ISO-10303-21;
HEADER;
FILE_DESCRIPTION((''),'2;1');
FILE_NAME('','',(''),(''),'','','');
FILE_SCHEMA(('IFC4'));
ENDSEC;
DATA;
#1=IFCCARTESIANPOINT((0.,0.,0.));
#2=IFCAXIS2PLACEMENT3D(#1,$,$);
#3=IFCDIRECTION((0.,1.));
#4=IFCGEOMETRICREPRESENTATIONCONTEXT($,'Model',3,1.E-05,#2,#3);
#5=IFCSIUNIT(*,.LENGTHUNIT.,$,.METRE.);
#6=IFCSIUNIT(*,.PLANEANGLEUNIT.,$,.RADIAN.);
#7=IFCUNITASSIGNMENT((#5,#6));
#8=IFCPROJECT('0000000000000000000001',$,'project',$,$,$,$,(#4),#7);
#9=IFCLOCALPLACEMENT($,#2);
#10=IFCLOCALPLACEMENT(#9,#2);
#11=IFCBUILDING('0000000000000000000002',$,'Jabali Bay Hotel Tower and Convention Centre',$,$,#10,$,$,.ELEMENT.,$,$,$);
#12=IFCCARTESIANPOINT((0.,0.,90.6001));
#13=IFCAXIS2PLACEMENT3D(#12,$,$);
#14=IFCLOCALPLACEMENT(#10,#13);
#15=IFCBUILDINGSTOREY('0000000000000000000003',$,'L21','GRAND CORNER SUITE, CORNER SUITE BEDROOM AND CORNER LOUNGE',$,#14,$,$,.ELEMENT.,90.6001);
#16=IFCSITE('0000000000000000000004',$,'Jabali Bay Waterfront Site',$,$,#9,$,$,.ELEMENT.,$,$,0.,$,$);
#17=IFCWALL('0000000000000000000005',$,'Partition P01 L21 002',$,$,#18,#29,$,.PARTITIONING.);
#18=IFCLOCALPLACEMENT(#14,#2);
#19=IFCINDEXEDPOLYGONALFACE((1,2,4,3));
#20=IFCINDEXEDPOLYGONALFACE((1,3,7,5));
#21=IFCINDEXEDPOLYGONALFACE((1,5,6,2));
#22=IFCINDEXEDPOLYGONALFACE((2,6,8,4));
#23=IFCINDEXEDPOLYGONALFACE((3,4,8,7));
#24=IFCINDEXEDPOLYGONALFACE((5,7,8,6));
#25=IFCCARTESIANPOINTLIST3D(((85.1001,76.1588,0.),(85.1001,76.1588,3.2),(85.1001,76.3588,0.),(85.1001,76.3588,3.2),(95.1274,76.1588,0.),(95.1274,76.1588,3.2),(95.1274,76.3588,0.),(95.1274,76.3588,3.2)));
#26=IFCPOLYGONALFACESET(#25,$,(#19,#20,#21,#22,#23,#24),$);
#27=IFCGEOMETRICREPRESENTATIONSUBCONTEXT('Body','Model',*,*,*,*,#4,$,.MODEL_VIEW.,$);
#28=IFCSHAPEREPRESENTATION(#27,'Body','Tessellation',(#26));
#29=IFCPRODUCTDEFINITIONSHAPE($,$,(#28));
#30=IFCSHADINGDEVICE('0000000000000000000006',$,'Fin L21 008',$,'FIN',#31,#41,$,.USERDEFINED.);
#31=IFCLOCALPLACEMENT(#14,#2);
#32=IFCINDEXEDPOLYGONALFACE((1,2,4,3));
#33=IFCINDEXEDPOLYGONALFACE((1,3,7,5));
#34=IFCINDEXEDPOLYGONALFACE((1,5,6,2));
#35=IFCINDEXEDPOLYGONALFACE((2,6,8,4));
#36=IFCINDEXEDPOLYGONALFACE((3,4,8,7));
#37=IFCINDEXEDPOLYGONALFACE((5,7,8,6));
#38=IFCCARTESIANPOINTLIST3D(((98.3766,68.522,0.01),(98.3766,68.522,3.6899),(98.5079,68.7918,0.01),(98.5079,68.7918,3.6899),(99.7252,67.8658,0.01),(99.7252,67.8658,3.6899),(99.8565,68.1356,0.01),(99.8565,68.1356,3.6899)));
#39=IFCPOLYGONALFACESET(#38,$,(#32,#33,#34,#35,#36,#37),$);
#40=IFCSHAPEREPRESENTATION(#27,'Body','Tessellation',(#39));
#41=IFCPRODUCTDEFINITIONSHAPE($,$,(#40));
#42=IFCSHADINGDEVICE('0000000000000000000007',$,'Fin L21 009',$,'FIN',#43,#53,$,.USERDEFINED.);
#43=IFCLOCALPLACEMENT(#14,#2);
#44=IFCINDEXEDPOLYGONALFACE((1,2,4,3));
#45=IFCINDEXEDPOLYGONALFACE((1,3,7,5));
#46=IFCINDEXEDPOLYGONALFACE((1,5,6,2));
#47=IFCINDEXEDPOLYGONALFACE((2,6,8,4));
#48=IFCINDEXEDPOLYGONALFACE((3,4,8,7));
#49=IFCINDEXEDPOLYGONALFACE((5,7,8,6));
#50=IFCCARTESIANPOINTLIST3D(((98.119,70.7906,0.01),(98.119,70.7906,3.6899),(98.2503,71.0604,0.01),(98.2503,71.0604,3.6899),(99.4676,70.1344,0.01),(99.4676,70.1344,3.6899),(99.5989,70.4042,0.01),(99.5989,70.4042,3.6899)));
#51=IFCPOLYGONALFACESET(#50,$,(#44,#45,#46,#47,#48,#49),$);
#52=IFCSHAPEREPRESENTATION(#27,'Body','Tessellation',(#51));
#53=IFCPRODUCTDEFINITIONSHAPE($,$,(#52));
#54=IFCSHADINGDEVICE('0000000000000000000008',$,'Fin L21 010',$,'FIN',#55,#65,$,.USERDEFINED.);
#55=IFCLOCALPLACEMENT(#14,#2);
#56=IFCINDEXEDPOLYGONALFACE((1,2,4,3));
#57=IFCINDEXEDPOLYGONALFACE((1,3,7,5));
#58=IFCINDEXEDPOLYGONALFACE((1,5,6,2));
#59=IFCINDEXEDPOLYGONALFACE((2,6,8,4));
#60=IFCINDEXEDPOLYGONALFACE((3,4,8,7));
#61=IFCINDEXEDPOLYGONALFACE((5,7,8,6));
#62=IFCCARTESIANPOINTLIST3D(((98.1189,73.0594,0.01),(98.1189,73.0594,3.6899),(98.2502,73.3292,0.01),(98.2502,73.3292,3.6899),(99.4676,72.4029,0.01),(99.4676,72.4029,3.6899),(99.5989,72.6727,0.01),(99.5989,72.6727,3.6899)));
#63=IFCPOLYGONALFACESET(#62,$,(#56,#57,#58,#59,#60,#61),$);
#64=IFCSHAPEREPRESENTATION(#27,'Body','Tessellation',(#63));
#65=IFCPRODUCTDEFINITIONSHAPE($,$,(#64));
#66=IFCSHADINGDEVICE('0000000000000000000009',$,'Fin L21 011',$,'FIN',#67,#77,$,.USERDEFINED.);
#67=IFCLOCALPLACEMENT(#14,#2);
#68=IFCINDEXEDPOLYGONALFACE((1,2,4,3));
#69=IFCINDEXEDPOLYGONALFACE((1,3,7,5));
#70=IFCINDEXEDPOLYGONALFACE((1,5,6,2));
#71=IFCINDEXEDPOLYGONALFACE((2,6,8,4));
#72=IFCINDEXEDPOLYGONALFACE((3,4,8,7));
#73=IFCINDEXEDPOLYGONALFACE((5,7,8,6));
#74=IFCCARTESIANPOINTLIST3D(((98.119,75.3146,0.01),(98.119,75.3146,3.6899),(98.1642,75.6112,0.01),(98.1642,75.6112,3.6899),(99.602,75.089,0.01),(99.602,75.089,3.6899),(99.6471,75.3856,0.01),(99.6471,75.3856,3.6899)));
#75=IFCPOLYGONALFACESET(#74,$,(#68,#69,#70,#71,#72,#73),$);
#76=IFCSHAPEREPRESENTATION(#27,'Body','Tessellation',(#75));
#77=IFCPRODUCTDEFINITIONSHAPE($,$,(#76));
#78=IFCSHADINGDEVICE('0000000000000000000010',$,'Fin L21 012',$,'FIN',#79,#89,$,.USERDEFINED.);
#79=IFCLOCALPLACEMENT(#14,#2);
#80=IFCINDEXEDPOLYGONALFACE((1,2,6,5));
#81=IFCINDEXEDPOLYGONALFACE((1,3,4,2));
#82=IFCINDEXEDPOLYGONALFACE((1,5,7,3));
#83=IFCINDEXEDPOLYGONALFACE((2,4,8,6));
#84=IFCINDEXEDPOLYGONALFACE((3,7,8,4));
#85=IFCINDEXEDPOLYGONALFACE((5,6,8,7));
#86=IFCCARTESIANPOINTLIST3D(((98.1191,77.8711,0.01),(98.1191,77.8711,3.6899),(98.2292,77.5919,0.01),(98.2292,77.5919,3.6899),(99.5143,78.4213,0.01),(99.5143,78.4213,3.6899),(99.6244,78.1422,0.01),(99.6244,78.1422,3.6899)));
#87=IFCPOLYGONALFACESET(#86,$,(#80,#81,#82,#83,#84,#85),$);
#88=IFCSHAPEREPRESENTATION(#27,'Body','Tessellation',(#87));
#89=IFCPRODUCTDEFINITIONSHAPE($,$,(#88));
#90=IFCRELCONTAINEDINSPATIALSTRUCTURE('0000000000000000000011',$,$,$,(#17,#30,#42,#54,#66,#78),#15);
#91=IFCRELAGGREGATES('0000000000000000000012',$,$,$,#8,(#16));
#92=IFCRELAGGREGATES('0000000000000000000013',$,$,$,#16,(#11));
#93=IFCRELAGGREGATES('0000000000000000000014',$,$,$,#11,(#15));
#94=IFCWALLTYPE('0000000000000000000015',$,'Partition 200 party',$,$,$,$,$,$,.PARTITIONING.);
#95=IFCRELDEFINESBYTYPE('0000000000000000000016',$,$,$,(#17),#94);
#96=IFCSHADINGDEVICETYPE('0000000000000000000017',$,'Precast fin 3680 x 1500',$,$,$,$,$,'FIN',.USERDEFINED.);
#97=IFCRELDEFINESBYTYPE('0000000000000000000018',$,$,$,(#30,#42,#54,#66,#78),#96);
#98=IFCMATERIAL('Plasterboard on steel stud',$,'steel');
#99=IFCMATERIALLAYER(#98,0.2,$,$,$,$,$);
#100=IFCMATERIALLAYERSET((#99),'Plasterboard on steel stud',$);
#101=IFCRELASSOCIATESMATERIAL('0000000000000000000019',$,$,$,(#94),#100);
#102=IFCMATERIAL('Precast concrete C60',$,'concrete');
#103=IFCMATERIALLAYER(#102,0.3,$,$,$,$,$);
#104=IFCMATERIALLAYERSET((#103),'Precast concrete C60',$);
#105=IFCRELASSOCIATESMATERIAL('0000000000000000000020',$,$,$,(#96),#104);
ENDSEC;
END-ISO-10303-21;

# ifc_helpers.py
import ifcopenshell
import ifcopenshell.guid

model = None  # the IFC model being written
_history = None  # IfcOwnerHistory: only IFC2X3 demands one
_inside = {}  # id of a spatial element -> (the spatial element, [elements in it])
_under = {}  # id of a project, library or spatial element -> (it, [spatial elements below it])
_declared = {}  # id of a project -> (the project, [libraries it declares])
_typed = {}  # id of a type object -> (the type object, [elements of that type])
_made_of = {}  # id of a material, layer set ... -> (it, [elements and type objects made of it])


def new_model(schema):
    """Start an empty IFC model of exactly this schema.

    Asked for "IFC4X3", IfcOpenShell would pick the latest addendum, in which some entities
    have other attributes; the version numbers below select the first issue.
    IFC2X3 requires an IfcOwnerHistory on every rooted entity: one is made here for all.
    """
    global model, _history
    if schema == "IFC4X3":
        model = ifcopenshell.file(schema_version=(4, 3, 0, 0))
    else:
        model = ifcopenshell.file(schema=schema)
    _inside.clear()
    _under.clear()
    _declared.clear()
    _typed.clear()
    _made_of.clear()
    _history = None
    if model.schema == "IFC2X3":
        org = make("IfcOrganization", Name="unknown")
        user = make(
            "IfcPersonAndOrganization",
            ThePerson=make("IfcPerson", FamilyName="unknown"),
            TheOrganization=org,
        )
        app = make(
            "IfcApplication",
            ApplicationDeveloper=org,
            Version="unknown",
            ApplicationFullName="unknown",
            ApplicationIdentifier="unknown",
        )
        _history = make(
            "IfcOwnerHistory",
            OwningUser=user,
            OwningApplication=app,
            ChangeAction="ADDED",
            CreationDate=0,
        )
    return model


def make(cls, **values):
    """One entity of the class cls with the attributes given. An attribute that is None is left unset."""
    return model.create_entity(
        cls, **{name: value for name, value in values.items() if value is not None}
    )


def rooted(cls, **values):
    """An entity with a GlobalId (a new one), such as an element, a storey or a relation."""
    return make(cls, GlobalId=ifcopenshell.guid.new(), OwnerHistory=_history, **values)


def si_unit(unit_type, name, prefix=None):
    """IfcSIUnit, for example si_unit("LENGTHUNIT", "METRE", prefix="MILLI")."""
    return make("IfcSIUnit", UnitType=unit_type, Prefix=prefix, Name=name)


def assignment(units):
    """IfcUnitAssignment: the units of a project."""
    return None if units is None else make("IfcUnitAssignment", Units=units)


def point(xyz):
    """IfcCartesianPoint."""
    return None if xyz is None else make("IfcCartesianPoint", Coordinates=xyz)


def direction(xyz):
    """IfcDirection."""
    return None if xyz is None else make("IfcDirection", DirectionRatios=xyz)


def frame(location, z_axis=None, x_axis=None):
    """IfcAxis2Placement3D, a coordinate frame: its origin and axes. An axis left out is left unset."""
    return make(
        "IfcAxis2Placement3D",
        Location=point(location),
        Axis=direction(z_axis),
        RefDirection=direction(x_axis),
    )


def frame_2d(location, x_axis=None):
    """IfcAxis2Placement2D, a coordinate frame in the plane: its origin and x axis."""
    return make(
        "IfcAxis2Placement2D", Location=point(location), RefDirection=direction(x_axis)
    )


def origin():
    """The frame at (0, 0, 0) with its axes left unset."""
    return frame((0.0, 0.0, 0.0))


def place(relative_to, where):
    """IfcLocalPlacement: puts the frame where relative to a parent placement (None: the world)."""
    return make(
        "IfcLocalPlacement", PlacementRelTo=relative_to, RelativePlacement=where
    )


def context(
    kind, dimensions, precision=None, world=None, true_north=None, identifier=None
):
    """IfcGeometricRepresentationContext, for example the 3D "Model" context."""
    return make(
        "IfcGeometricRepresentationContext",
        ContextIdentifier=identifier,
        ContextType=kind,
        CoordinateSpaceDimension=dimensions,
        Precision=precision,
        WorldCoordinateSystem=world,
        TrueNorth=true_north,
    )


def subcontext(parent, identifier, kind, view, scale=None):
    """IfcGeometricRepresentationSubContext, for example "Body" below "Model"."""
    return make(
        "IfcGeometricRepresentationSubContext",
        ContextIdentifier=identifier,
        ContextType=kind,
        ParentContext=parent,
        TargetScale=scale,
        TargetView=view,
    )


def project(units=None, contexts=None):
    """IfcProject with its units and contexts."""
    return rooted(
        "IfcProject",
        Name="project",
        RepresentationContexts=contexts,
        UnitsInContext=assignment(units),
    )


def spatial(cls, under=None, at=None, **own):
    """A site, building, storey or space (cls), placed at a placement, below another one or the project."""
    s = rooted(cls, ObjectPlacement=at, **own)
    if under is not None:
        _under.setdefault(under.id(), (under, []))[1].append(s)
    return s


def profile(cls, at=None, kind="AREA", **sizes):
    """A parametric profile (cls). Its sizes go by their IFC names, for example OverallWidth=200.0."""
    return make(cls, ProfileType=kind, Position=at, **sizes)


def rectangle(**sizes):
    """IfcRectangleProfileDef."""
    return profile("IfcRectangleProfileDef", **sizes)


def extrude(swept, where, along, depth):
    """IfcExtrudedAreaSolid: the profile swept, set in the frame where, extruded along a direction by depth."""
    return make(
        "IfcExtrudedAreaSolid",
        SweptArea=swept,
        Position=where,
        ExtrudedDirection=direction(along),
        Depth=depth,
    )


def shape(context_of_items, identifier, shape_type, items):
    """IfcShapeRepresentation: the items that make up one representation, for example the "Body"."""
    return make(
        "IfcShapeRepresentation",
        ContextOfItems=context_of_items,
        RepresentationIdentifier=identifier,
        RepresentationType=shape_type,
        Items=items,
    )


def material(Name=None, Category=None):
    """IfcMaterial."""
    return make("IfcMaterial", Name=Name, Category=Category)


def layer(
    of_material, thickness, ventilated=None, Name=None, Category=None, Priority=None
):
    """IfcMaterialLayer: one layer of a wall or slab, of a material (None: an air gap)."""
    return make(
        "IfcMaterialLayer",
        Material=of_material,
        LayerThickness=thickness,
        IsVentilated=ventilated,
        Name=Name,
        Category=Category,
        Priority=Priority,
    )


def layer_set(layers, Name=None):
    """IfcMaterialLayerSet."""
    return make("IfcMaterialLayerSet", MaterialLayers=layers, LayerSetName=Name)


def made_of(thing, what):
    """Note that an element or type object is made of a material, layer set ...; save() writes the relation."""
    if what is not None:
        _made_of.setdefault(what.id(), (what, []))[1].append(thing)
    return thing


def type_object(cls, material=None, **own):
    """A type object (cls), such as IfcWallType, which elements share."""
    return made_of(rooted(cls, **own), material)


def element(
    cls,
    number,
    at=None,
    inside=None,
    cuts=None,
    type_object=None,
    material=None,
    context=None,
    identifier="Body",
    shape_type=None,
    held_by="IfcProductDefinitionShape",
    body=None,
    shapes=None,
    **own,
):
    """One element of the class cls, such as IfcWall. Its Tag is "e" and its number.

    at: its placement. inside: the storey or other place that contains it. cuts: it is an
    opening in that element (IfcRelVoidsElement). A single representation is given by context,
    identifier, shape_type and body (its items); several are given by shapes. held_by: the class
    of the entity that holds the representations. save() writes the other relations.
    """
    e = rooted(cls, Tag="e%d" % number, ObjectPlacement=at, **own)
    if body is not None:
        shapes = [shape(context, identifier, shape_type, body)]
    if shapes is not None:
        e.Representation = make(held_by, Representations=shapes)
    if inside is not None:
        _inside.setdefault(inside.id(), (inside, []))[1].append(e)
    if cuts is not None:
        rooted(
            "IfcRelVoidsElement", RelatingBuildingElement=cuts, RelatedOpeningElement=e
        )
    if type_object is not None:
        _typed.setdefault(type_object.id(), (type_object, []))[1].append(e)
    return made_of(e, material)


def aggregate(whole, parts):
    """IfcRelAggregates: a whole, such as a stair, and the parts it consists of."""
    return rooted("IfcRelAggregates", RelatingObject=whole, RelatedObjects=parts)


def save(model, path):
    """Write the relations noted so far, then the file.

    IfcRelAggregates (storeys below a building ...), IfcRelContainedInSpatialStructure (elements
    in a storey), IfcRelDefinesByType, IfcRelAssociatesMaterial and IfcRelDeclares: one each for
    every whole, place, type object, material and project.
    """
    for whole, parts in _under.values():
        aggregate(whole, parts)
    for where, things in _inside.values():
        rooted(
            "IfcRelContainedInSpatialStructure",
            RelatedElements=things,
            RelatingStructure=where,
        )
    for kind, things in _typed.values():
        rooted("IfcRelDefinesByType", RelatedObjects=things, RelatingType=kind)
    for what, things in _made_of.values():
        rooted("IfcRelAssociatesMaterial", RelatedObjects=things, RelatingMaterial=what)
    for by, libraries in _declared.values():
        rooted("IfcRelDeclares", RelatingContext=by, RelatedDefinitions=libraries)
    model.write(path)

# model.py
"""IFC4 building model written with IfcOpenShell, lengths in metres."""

from ifc_helpers import new_model, si_unit, direction, frame, frame_2d, origin, place, context, subcontext, project, spatial, rectangle, extrude, material, layer, layer_set, type_object, element, save


model = new_model("IFC4")

# Units and contexts
model_context = context("Model", 3, precision=1e-05, world=origin(), true_north=direction((0.0, 1.0)))
body_context = subcontext(model_context, "Body", "Model", "MODEL_VIEW")
ifc_project = project(units=[si_unit("LENGTHUNIT", "METRE"), si_unit("PLANEANGLEUNIT", "RADIAN")], contexts=[model_context])

# Site, building, storey
site_placement = place(None, origin())
site = spatial("IfcSite", under=ifc_project, at=site_placement, Name="Jabali Bay Waterfront Site", CompositionType="ELEMENT", RefElevation=0.0)
building_placement = place(site_placement, origin())
building = spatial("IfcBuilding", under=site, at=building_placement, Name="Jabali Bay Hotel Tower and Convention Centre", CompositionType="ELEMENT")
storey_placement = place(building_placement, frame((0.0, 0.0, 90.6001)))
storey = spatial("IfcBuildingStorey", under=building, at=storey_placement, Name="L21", Description="GRAND CORNER SUITE, CORNER SUITE BEDROOM AND CORNER LOUNGE", CompositionType="ELEMENT", Elevation=90.6001)

# Shared definitions
ifc_material_1 = material(Name="Plasterboard on steel stud", Category="steel")

# Wall
ifc_layer_1 = layer(ifc_material_1, 0.2)
ifc_layer_set_1 = layer_set([ifc_layer_1], Name="Plasterboard on steel stud")
wall_type_1 = type_object("IfcWallType", Name="Partition 200 party", PredefinedType="PARTITIONING", material=ifc_layer_set_1)
wall_1_placement = place(storey_placement, frame((95.1274, 76.2588, 0.0), z_axis=(0.0, 0.0, 1.0), x_axis=(-1.0, 0.0, 0.0)))
element("IfcWall", 1, at=wall_1_placement, inside=storey, type_object=wall_type_1, Name="Partition P01 L21 002", PredefinedType="PARTITIONING", context=body_context, shape_type="SweptSolid", body=[
    extrude(rectangle(XDim=10.0273, YDim=0.2, at=frame_2d((5.0137, 0.0))), origin(), (0.0, 0.0, 1.0), 3.2),
])

# Shading devices
ifc_material_2 = material(Name="Precast concrete C60", Category="concrete")
ifc_layer_2 = layer(ifc_material_2, 0.3)
ifc_layer_set_2 = layer_set([ifc_layer_2], Name="Precast concrete C60")
shading_device_type = type_object("IfcShadingDeviceType", Name="Precast fin 3680 x 1500", ElementType="FIN", PredefinedType="USERDEFINED", material=ifc_layer_set_2)
for number, where, z_axis, x_axis, name in (
    (2, (98.4421, 68.657, 0.01), (0.0, 0.0, 1.0), (0.899194, -0.437551, 0.0), "Fin L21 008"),
    (3, (98.1846, 70.9255, 0.01), (0.0, 0.0, 1.0), (0.899194, -0.437551, 0.0), "Fin L21 009"),
):
    element("IfcShadingDevice", number, at=place(storey_placement, frame(where, z_axis=z_axis, x_axis=x_axis)), inside=storey, type_object=shading_device_type, Name=name, ObjectType="FIN", PredefinedType="USERDEFINED", context=body_context, shape_type="SweptSolid", body=[
        extrude(rectangle(XDim=1.4998, YDim=0.3, at=frame_2d((0.75, 0.0))), origin(), (0.0, 0.0, 1.0), 3.6799),
    ])
for number, where, z_axis, x_axis, name in (
    (4, (98.1846, 73.1943, 0.01), (0.0, 0.0, 1.0), (0.899129, -0.437683, 0.0), "Fin L21 010"),
    (5, (98.1416, 75.4629, 0.01), (0.0, 0.0, 1.0), (0.988626, -0.150394, 0.0), "Fin L21 011"),
):
    element("IfcShadingDevice", number, at=place(storey_placement, frame(where, z_axis=z_axis, x_axis=x_axis)), inside=storey, type_object=shading_device_type, Name=name, ObjectType="FIN", PredefinedType="USERDEFINED", context=body_context, shape_type="SweptSolid", body=[
        extrude(rectangle(XDim=1.5, YDim=0.3, at=frame_2d((0.75, 0.0))), origin(), (0.0, 0.0, 1.0), 3.6799),
    ])
shading_device_placement = place(storey_placement, frame((98.1741, 77.7314, 0.01), z_axis=(0.0, 0.0, 1.0), x_axis=(0.930262, 0.366896, 0.0)))
element("IfcShadingDevice", 6, at=shading_device_placement, inside=storey, type_object=shading_device_type, Name="Fin L21 012", ObjectType="FIN", PredefinedType="USERDEFINED", context=body_context, shape_type="SweptSolid", body=[
    extrude(rectangle(XDim=1.4998, YDim=0.3, at=frame_2d((0.75, 0.0))), origin(), (0.0, 0.0, 1.0), 3.6799),
])

save(model, "model.ifc")
